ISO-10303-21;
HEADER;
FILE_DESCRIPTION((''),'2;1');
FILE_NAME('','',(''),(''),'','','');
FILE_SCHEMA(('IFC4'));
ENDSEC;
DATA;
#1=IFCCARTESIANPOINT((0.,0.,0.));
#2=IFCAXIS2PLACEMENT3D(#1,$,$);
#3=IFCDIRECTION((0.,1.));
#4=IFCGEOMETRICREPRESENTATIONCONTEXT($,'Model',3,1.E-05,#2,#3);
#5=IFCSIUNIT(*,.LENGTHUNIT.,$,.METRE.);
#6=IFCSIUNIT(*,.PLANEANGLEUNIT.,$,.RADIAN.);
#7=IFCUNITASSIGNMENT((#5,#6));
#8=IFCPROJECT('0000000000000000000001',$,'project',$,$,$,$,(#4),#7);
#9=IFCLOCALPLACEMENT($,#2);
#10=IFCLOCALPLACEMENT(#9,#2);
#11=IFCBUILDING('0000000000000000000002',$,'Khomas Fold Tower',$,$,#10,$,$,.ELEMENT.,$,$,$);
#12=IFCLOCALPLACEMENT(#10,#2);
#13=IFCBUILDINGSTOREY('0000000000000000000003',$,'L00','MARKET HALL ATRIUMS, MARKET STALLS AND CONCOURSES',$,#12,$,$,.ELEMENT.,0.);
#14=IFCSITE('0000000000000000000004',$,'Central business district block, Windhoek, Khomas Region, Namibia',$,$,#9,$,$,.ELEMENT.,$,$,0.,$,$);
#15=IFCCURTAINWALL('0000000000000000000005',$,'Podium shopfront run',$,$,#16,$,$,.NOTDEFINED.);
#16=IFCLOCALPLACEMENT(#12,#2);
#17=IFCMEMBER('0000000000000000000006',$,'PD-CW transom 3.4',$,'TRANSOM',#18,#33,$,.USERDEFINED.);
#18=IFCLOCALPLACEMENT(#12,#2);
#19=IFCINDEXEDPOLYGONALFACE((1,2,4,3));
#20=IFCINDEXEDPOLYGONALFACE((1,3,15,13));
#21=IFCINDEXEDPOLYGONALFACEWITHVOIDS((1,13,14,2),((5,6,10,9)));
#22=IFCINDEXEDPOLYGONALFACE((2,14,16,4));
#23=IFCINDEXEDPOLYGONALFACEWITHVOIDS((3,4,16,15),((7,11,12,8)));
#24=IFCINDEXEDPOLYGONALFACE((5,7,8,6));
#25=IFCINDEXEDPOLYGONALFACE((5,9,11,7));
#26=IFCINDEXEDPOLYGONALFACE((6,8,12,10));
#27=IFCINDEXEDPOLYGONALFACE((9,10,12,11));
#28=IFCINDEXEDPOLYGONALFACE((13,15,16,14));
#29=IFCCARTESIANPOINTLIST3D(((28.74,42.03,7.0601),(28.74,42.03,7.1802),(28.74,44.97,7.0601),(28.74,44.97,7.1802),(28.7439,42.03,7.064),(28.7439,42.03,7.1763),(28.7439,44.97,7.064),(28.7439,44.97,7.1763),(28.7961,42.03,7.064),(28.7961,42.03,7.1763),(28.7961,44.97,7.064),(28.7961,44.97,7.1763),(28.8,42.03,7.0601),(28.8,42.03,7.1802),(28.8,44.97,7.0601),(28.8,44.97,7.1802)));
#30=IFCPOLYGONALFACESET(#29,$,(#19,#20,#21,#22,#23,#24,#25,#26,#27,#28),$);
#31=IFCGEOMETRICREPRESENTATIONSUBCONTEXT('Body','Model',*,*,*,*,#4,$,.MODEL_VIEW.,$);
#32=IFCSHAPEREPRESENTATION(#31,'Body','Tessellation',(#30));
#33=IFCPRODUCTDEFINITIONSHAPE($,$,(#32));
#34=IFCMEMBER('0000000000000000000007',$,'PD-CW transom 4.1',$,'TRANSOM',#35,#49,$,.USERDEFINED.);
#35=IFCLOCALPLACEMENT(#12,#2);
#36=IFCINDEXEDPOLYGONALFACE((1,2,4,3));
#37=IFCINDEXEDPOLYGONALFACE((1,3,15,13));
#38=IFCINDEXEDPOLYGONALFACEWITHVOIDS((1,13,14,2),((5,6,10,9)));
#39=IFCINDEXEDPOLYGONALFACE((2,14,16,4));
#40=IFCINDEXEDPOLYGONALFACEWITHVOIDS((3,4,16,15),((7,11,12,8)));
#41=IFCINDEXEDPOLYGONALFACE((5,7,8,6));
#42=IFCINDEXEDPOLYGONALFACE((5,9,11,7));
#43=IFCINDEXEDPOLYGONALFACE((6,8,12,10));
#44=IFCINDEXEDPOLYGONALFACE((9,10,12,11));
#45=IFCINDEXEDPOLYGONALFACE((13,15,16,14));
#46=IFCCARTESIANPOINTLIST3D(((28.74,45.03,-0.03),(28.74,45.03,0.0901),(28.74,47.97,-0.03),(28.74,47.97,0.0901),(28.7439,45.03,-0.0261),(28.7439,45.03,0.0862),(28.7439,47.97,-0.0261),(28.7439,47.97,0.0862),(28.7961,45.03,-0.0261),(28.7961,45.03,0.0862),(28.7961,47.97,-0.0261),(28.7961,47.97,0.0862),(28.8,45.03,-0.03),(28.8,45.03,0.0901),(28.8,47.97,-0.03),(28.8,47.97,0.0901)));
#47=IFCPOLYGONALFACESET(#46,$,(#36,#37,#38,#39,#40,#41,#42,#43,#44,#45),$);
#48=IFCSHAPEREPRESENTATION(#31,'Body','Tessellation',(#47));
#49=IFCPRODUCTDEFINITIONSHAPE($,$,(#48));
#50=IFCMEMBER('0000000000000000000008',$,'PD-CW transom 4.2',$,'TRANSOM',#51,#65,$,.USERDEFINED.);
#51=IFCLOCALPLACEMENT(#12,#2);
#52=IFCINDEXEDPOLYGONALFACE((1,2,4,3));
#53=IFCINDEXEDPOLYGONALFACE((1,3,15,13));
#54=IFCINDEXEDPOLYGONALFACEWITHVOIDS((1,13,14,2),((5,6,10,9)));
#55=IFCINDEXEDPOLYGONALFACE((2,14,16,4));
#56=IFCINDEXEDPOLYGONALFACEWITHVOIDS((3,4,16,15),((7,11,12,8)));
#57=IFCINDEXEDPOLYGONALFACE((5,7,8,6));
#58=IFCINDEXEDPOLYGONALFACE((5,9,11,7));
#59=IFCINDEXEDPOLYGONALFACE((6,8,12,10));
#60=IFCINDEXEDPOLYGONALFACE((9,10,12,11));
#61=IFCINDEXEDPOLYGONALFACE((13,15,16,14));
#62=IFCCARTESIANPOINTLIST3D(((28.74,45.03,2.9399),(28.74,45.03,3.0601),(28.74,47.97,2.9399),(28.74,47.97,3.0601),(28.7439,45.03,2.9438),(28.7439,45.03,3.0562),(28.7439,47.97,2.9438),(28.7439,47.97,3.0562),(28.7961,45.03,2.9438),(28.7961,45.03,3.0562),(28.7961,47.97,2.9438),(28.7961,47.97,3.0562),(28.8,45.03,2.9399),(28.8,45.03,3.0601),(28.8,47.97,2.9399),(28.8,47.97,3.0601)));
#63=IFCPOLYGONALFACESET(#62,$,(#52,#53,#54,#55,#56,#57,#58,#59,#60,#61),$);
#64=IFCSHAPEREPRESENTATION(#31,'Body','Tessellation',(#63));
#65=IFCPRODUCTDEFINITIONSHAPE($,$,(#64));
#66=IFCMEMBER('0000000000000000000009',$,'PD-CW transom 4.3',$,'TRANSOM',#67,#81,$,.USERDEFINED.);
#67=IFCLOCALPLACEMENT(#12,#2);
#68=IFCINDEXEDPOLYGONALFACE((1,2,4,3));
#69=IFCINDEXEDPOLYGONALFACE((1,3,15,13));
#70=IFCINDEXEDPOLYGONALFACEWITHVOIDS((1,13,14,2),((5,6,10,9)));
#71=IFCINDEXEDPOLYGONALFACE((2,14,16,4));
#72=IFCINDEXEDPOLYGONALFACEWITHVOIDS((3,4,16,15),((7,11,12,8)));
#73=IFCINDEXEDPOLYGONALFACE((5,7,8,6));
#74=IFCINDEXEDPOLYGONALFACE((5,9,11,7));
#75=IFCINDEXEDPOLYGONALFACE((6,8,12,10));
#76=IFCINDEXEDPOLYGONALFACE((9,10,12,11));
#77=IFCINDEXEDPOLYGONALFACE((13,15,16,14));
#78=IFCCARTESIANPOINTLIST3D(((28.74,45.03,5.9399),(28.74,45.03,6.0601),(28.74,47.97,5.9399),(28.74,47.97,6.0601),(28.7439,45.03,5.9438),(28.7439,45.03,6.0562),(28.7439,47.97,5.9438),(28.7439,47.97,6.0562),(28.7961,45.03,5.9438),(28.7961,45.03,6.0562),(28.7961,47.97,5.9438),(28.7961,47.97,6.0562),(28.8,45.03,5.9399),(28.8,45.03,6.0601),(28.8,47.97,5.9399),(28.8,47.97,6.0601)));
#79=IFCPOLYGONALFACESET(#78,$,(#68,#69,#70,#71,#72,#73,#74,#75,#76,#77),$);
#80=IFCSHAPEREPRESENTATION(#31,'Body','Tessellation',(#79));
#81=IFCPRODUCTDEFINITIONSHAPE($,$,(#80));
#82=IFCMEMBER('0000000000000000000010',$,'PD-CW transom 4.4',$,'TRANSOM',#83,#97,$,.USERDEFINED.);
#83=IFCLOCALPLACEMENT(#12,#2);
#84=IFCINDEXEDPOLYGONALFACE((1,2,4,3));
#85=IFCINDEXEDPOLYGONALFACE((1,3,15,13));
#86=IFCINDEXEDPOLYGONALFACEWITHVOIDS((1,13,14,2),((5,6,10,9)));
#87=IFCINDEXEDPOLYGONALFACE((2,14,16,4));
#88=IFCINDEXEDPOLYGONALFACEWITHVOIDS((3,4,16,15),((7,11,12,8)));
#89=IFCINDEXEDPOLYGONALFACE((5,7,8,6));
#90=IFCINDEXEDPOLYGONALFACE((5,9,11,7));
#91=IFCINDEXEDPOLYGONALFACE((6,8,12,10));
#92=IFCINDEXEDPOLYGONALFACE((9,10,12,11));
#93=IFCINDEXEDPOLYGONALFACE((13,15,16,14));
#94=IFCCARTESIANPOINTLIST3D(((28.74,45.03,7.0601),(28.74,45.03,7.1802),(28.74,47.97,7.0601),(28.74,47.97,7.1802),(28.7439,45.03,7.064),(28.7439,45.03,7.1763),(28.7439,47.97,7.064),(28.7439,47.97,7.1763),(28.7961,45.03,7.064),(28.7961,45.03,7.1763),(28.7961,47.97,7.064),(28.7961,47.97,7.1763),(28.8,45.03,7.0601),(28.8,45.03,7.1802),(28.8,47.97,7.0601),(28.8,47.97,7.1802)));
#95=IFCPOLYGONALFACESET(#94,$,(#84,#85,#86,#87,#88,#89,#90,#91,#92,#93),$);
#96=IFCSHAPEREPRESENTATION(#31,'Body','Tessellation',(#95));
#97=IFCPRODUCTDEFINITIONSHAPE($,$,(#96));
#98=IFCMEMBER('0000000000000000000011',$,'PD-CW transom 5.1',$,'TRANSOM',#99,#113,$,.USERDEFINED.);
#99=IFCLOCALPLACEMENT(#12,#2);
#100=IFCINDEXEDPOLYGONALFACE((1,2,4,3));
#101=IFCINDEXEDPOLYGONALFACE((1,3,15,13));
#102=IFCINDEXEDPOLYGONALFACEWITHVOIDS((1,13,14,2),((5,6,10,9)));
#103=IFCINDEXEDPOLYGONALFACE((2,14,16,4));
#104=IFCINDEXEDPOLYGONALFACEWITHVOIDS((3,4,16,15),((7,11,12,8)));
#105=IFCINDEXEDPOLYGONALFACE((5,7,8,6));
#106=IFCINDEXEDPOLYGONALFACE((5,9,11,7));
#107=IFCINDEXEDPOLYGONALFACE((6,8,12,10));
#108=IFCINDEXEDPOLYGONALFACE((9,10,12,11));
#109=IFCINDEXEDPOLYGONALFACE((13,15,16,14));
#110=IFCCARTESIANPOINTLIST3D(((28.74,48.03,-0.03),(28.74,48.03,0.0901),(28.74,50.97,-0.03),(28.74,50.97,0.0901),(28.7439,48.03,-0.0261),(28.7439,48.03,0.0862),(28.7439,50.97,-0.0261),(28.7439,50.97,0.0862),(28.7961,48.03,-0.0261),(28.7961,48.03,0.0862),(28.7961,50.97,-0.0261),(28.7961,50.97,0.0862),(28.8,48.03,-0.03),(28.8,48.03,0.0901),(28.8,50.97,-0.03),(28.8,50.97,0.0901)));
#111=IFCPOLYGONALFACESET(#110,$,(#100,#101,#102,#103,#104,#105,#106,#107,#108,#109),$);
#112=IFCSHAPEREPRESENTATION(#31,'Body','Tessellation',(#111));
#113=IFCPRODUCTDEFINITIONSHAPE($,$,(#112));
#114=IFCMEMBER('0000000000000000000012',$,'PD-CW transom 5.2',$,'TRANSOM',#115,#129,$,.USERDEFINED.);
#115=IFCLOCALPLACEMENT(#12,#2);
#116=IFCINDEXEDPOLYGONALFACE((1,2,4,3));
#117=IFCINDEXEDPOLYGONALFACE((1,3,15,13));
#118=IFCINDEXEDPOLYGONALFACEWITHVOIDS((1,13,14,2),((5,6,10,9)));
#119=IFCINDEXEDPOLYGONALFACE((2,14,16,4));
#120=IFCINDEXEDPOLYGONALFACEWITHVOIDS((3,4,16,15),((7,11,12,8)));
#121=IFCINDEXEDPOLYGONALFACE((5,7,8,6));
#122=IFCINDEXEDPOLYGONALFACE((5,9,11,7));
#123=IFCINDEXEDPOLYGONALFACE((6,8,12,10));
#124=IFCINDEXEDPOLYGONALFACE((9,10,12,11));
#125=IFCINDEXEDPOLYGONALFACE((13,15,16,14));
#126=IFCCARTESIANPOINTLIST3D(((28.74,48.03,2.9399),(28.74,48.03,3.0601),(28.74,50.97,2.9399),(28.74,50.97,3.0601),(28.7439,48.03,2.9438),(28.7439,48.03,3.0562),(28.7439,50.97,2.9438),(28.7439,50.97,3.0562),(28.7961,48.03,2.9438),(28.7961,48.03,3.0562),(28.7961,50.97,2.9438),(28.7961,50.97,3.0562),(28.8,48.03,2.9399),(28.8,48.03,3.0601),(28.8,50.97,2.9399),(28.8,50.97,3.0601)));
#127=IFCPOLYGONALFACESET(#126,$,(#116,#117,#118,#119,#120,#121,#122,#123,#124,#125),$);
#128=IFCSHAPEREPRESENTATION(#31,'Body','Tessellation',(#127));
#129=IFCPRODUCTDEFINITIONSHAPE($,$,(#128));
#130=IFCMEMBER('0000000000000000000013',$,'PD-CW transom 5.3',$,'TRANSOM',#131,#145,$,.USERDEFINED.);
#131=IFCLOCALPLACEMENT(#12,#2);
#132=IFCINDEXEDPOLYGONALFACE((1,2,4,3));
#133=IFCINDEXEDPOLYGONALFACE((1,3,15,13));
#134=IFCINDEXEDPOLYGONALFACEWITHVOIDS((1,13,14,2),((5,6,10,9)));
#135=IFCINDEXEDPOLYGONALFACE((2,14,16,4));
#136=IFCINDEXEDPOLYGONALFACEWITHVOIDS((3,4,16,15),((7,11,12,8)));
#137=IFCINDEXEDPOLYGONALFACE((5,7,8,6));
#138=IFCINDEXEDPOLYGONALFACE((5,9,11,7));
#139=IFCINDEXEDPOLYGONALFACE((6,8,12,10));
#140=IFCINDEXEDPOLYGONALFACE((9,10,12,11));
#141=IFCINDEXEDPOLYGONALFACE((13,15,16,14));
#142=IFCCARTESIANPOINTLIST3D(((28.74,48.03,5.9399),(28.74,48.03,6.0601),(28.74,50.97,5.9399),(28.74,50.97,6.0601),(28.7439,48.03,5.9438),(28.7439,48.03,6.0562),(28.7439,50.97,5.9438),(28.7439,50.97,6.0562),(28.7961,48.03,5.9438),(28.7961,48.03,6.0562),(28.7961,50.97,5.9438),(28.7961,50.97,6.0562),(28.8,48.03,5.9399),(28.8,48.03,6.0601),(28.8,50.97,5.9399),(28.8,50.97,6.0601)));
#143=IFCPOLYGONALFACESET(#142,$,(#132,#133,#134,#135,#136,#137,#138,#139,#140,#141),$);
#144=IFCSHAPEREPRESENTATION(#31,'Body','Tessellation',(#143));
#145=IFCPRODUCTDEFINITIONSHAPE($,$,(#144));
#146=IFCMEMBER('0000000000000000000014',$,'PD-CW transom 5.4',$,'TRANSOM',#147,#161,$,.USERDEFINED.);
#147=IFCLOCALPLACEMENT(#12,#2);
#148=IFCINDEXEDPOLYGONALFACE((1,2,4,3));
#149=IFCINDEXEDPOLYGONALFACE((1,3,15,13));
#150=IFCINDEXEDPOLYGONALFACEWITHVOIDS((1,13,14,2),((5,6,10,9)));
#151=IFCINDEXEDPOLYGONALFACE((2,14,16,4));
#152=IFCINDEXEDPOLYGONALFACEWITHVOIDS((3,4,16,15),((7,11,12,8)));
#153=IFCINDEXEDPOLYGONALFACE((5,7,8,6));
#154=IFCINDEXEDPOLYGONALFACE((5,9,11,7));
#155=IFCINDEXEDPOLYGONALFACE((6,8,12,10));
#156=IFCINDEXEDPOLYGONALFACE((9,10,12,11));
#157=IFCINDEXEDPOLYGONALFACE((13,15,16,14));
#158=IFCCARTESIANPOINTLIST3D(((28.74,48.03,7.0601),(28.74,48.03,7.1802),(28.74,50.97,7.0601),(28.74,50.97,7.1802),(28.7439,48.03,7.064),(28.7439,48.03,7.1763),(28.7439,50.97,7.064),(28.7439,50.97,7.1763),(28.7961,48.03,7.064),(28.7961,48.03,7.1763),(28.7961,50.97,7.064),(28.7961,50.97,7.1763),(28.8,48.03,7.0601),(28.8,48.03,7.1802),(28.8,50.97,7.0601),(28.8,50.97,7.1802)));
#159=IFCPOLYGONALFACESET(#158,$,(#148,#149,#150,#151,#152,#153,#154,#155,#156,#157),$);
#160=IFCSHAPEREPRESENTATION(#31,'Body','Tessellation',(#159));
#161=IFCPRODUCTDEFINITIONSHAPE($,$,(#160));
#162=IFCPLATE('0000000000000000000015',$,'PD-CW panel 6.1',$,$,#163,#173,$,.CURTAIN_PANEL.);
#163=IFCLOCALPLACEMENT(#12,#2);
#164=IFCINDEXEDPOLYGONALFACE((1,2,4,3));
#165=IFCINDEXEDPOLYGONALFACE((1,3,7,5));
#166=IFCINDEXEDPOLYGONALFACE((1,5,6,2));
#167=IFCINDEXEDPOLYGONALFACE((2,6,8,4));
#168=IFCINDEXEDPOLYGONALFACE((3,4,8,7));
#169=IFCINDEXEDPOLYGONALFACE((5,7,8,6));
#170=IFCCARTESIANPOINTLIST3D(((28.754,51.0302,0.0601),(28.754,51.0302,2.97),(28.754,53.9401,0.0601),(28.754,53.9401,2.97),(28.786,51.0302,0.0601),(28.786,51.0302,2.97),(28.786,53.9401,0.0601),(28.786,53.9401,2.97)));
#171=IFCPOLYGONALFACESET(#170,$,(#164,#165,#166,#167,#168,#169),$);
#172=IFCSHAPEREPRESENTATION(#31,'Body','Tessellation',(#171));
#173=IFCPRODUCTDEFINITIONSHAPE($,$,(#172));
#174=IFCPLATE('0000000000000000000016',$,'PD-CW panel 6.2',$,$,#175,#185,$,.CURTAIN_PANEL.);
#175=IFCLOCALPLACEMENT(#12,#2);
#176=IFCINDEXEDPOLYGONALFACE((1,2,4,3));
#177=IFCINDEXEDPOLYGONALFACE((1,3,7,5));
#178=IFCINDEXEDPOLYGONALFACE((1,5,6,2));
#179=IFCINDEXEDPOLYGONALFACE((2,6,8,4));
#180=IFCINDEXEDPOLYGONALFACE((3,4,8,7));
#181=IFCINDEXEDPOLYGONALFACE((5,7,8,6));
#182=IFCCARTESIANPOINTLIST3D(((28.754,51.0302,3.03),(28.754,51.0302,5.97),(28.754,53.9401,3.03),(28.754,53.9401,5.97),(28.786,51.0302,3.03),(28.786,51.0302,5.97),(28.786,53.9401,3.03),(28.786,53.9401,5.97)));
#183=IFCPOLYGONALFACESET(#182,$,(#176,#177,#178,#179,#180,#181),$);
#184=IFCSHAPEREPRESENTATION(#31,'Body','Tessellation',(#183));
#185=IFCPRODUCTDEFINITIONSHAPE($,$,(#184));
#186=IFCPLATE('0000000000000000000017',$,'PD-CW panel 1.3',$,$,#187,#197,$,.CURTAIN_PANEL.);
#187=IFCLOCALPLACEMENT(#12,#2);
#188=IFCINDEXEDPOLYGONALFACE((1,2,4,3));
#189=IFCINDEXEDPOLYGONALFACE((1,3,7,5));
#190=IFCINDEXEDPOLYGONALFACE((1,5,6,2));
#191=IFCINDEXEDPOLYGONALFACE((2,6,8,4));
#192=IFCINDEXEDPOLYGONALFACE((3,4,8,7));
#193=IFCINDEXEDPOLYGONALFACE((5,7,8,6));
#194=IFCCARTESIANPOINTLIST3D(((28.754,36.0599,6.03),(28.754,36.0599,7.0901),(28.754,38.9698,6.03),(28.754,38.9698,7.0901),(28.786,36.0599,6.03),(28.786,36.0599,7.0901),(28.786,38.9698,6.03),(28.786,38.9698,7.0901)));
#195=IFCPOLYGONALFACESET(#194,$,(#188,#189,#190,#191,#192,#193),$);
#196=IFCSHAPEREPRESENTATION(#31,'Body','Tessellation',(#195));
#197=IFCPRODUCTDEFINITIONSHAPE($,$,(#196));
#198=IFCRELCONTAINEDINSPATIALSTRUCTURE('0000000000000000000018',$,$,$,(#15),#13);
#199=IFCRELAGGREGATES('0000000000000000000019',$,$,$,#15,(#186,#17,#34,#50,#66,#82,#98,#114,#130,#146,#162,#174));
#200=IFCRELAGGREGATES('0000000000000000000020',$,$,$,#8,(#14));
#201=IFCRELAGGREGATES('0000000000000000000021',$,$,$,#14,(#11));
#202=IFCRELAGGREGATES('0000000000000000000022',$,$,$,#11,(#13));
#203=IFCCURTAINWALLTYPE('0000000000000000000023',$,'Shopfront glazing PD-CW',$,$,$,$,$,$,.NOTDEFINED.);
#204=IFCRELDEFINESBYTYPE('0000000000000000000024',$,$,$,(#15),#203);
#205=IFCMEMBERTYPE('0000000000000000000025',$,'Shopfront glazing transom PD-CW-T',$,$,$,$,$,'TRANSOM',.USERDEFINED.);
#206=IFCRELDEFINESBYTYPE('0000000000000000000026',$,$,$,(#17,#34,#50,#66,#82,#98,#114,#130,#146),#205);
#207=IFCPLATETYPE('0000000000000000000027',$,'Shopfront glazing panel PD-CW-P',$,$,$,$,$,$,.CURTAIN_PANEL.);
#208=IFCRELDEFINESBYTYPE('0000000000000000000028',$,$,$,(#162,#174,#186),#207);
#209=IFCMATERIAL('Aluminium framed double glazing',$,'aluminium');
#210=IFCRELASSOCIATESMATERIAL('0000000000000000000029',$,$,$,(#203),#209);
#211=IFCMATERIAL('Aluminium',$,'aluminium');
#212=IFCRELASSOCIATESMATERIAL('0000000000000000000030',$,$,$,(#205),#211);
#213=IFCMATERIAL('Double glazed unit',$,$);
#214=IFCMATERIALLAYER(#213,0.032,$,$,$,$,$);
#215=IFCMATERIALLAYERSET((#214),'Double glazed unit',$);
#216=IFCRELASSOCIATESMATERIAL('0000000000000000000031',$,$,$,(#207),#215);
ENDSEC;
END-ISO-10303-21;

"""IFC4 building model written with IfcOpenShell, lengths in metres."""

from ifc_helpers import new_model, si_unit, direction, frame, origin, origin_2d, place, context, subcontext, project, spatial, rectangle, hollow_rectangle, extrude, source, transform, mapped, material, layer, layer_set, material_profile, profile_set, type_object, element, aggregate, save


model = new_model("IFC4")

# Units and contexts
model_context = context("Model", 3, precision=1e-05, world=origin(), true_north=direction((0.0, 1.0)))
body_context = subcontext(model_context, "Body", "Model", "MODEL_VIEW")
ifc_project = project(units=[si_unit("LENGTHUNIT", "METRE"), si_unit("PLANEANGLEUNIT", "RADIAN")], contexts=[model_context])

# Site, building, storey
site_placement = place(None, origin())
site = spatial("IfcSite", under=ifc_project, at=site_placement, Name="Central business district block, Windhoek, Khomas Region, Namibia", CompositionType="ELEMENT", RefElevation=0.0)
building_placement = place(site_placement, origin())
building = spatial("IfcBuilding", under=site, at=building_placement, Name="Khomas Fold Tower", CompositionType="ELEMENT")
storey_placement = place(building_placement, origin())
storey = spatial("IfcBuildingStorey", under=building, at=storey_placement, Name="L00", Description="MARKET HALL ATRIUMS, MARKET STALLS AND CONCOURSES", CompositionType="ELEMENT", Elevation=0.0)

# Curtain wall, members, plates
ifc_material_1 = material(Name="Aluminium framed double glazing", Category="aluminium")
curtain_wall_type = type_object("IfcCurtainWallType", Name="Shopfront glazing PD-CW", PredefinedType="NOTDEFINED", material=ifc_material_1)
curtain_wall_placement = place(storey_placement, origin())
curtain_wall = element("IfcCurtainWall", 1, at=curtain_wall_placement, inside=storey, type_object=curtain_wall_type, Name="Podium shopfront run", PredefinedType="NOTDEFINED")
ifc_material_2 = material(Name="Aluminium", Category="aluminium")
ifc_material_profile = material_profile(ifc_material_2, hollow_rectangle(XDim=0.0601, YDim=0.1201, WallThickness=0.0039, at=origin_2d()), Name="Shopfront glazing transom PD-CW-T")
ifc_profile_set = profile_set([ifc_material_profile], Name="Aluminium")
member_type = type_object("IfcMemberType", Name="Shopfront glazing transom PD-CW-T", ElementType="TRANSOM", PredefinedType="USERDEFINED", material=ifc_profile_set)
shared_shape_1 = source(origin(), body_context, "Body", "SweptSolid", [
    extrude(hollow_rectangle(XDim=0.0601, YDim=0.1201, WallThickness=0.0039, at=origin_2d()), origin(), (0.0, 0.0, 1.0), 2.9399),
])
member_1_placement = place(storey_placement, frame((28.77, 42.03, 7.1201), z_axis=(0.0, 1.0, 0.0), x_axis=(-1.0, 0.0, 0.0)))
member_1 = element("IfcMember", 2, at=member_1_placement, type_object=member_type, Name="PD-CW transom 3.4", ObjectType="TRANSOM", PredefinedType="USERDEFINED", context=body_context, shape_type="MappedRepresentation", body=[
    mapped(shared_shape_1, transform((0.0, 0.0, 0.0))),
])
member_2_placement = place(storey_placement, frame((28.77, 45.03, 0.03), z_axis=(0.0, 1.0, 0.0), x_axis=(-1.0, 0.0, 0.0)))
member_2 = element("IfcMember", 3, at=member_2_placement, type_object=member_type, Name="PD-CW transom 4.1", ObjectType="TRANSOM", PredefinedType="USERDEFINED", context=body_context, shape_type="MappedRepresentation", body=[
    mapped(shared_shape_1, transform((0.0, 0.0, 0.0))),
])
member_3_placement = place(storey_placement, frame((28.77, 45.03, 3.0), z_axis=(0.0, 1.0, 0.0), x_axis=(-1.0, 0.0, 0.0)))
member_3 = element("IfcMember", 4, at=member_3_placement, type_object=member_type, Name="PD-CW transom 4.2", ObjectType="TRANSOM", PredefinedType="USERDEFINED", context=body_context, shape_type="MappedRepresentation", body=[
    mapped(shared_shape_1, transform((0.0, 0.0, 0.0))),
])
member_4_placement = place(storey_placement, frame((28.77, 45.03, 6.0), z_axis=(0.0, 1.0, 0.0), x_axis=(-1.0, 0.0, 0.0)))
member_4 = element("IfcMember", 5, at=member_4_placement, type_object=member_type, Name="PD-CW transom 4.3", ObjectType="TRANSOM", PredefinedType="USERDEFINED", context=body_context, shape_type="MappedRepresentation", body=[
    mapped(shared_shape_1, transform((0.0, 0.0, 0.0))),
])
member_5_placement = place(storey_placement, frame((28.77, 45.03, 7.1201), z_axis=(0.0, 1.0, 0.0), x_axis=(-1.0, 0.0, 0.0)))
member_5 = element("IfcMember", 6, at=member_5_placement, type_object=member_type, Name="PD-CW transom 4.4", ObjectType="TRANSOM", PredefinedType="USERDEFINED", context=body_context, shape_type="MappedRepresentation", body=[
    mapped(shared_shape_1, transform((0.0, 0.0, 0.0))),
])
member_6_placement = place(storey_placement, frame((28.77, 48.03, 0.03), z_axis=(0.0, 1.0, 0.0), x_axis=(-1.0, 0.0, 0.0)))
member_6 = element("IfcMember", 7, at=member_6_placement, type_object=member_type, Name="PD-CW transom 5.1", ObjectType="TRANSOM", PredefinedType="USERDEFINED", context=body_context, shape_type="MappedRepresentation", body=[
    mapped(shared_shape_1, transform((0.0, 0.0, 0.0))),
])
member_7_placement = place(storey_placement, frame((28.77, 48.03, 3.0), z_axis=(0.0, 1.0, 0.0), x_axis=(-1.0, 0.0, 0.0)))
member_7 = element("IfcMember", 8, at=member_7_placement, type_object=member_type, Name="PD-CW transom 5.2", ObjectType="TRANSOM", PredefinedType="USERDEFINED", context=body_context, shape_type="MappedRepresentation", body=[
    mapped(shared_shape_1, transform((0.0, 0.0, 0.0))),
])
member_8_placement = place(storey_placement, frame((28.77, 48.03, 6.0), z_axis=(0.0, 1.0, 0.0), x_axis=(-1.0, 0.0, 0.0)))
member_8 = element("IfcMember", 9, at=member_8_placement, type_object=member_type, Name="PD-CW transom 5.3", ObjectType="TRANSOM", PredefinedType="USERDEFINED", context=body_context, shape_type="MappedRepresentation", body=[
    mapped(shared_shape_1, transform((0.0, 0.0, 0.0))),
])
member_9_placement = place(storey_placement, frame((28.77, 48.03, 7.1201), z_axis=(0.0, 1.0, 0.0), x_axis=(-1.0, 0.0, 0.0)))
member_9 = element("IfcMember", 10, at=member_9_placement, type_object=member_type, Name="PD-CW transom 5.4", ObjectType="TRANSOM", PredefinedType="USERDEFINED", context=body_context, shape_type="MappedRepresentation", body=[
    mapped(shared_shape_1, transform((0.0, 0.0, 0.0))),
])
ifc_material_3 = material(Name="Double glazed unit")
ifc_layer = layer(ifc_material_3, 0.032)
ifc_layer_set = layer_set([ifc_layer], Name="Double glazed unit")
plate_type = type_object("IfcPlateType", Name="Shopfront glazing panel PD-CW-P", PredefinedType="CURTAIN_PANEL", material=ifc_layer_set)
shared_shape_2 = source(origin(), body_context, "Body", "SweptSolid", [
    extrude(rectangle(XDim=2.9099, YDim=0.032, at=origin_2d()), origin(), (0.0, 0.0, 1.0), 2.9099),
])
plate_1_placement = place(storey_placement, frame((28.77, 52.4851, 0.0601), z_axis=(0.0, 0.0, 1.0), x_axis=(0.0, 1.0, 0.0)))
plate_1 = element("IfcPlate", 11, at=plate_1_placement, type_object=plate_type, Name="PD-CW panel 6.1", PredefinedType="CURTAIN_PANEL", context=body_context, shape_type="MappedRepresentation", body=[
    mapped(shared_shape_2, transform((0.0, 0.0, 0.0))),
])
shared_shape_3 = source(origin(), body_context, "Body", "SweptSolid", [
    extrude(rectangle(XDim=2.9099, YDim=0.032, at=origin_2d()), origin(), (0.0, 0.0, 1.0), 2.9399),
])
plate_2_placement = place(storey_placement, frame((28.77, 52.4851, 3.03), z_axis=(0.0, 0.0, 1.0), x_axis=(0.0, 1.0, 0.0)))
plate_2 = element("IfcPlate", 12, at=plate_2_placement, type_object=plate_type, Name="PD-CW panel 6.2", PredefinedType="CURTAIN_PANEL", context=body_context, shape_type="MappedRepresentation", body=[
    mapped(shared_shape_3, transform((0.0, 0.0, 0.0))),
])
shared_shape_4 = source(origin(), body_context, "Body", "SweptSolid", [
    extrude(rectangle(XDim=2.9099, YDim=0.032, at=origin_2d()), origin(), (0.0, 0.0, 1.0), 1.0601),
])
plate_3_placement = place(storey_placement, frame((28.77, 37.5149, 6.03), z_axis=(0.0, 0.0, 1.0), x_axis=(0.0, 1.0, 0.0)))
plate_3 = element("IfcPlate", 13, at=plate_3_placement, type_object=plate_type, Name="PD-CW panel 1.3", PredefinedType="CURTAIN_PANEL", context=body_context, shape_type="MappedRepresentation", body=[
    mapped(shared_shape_4, transform((0.0, 0.0, 0.0))),
])
aggregate(curtain_wall, [plate_3, member_1, member_2, member_3, member_4, member_5, member_6, member_7, member_8, member_9, plate_1, plate_2])

save(model, "model.ifc")
